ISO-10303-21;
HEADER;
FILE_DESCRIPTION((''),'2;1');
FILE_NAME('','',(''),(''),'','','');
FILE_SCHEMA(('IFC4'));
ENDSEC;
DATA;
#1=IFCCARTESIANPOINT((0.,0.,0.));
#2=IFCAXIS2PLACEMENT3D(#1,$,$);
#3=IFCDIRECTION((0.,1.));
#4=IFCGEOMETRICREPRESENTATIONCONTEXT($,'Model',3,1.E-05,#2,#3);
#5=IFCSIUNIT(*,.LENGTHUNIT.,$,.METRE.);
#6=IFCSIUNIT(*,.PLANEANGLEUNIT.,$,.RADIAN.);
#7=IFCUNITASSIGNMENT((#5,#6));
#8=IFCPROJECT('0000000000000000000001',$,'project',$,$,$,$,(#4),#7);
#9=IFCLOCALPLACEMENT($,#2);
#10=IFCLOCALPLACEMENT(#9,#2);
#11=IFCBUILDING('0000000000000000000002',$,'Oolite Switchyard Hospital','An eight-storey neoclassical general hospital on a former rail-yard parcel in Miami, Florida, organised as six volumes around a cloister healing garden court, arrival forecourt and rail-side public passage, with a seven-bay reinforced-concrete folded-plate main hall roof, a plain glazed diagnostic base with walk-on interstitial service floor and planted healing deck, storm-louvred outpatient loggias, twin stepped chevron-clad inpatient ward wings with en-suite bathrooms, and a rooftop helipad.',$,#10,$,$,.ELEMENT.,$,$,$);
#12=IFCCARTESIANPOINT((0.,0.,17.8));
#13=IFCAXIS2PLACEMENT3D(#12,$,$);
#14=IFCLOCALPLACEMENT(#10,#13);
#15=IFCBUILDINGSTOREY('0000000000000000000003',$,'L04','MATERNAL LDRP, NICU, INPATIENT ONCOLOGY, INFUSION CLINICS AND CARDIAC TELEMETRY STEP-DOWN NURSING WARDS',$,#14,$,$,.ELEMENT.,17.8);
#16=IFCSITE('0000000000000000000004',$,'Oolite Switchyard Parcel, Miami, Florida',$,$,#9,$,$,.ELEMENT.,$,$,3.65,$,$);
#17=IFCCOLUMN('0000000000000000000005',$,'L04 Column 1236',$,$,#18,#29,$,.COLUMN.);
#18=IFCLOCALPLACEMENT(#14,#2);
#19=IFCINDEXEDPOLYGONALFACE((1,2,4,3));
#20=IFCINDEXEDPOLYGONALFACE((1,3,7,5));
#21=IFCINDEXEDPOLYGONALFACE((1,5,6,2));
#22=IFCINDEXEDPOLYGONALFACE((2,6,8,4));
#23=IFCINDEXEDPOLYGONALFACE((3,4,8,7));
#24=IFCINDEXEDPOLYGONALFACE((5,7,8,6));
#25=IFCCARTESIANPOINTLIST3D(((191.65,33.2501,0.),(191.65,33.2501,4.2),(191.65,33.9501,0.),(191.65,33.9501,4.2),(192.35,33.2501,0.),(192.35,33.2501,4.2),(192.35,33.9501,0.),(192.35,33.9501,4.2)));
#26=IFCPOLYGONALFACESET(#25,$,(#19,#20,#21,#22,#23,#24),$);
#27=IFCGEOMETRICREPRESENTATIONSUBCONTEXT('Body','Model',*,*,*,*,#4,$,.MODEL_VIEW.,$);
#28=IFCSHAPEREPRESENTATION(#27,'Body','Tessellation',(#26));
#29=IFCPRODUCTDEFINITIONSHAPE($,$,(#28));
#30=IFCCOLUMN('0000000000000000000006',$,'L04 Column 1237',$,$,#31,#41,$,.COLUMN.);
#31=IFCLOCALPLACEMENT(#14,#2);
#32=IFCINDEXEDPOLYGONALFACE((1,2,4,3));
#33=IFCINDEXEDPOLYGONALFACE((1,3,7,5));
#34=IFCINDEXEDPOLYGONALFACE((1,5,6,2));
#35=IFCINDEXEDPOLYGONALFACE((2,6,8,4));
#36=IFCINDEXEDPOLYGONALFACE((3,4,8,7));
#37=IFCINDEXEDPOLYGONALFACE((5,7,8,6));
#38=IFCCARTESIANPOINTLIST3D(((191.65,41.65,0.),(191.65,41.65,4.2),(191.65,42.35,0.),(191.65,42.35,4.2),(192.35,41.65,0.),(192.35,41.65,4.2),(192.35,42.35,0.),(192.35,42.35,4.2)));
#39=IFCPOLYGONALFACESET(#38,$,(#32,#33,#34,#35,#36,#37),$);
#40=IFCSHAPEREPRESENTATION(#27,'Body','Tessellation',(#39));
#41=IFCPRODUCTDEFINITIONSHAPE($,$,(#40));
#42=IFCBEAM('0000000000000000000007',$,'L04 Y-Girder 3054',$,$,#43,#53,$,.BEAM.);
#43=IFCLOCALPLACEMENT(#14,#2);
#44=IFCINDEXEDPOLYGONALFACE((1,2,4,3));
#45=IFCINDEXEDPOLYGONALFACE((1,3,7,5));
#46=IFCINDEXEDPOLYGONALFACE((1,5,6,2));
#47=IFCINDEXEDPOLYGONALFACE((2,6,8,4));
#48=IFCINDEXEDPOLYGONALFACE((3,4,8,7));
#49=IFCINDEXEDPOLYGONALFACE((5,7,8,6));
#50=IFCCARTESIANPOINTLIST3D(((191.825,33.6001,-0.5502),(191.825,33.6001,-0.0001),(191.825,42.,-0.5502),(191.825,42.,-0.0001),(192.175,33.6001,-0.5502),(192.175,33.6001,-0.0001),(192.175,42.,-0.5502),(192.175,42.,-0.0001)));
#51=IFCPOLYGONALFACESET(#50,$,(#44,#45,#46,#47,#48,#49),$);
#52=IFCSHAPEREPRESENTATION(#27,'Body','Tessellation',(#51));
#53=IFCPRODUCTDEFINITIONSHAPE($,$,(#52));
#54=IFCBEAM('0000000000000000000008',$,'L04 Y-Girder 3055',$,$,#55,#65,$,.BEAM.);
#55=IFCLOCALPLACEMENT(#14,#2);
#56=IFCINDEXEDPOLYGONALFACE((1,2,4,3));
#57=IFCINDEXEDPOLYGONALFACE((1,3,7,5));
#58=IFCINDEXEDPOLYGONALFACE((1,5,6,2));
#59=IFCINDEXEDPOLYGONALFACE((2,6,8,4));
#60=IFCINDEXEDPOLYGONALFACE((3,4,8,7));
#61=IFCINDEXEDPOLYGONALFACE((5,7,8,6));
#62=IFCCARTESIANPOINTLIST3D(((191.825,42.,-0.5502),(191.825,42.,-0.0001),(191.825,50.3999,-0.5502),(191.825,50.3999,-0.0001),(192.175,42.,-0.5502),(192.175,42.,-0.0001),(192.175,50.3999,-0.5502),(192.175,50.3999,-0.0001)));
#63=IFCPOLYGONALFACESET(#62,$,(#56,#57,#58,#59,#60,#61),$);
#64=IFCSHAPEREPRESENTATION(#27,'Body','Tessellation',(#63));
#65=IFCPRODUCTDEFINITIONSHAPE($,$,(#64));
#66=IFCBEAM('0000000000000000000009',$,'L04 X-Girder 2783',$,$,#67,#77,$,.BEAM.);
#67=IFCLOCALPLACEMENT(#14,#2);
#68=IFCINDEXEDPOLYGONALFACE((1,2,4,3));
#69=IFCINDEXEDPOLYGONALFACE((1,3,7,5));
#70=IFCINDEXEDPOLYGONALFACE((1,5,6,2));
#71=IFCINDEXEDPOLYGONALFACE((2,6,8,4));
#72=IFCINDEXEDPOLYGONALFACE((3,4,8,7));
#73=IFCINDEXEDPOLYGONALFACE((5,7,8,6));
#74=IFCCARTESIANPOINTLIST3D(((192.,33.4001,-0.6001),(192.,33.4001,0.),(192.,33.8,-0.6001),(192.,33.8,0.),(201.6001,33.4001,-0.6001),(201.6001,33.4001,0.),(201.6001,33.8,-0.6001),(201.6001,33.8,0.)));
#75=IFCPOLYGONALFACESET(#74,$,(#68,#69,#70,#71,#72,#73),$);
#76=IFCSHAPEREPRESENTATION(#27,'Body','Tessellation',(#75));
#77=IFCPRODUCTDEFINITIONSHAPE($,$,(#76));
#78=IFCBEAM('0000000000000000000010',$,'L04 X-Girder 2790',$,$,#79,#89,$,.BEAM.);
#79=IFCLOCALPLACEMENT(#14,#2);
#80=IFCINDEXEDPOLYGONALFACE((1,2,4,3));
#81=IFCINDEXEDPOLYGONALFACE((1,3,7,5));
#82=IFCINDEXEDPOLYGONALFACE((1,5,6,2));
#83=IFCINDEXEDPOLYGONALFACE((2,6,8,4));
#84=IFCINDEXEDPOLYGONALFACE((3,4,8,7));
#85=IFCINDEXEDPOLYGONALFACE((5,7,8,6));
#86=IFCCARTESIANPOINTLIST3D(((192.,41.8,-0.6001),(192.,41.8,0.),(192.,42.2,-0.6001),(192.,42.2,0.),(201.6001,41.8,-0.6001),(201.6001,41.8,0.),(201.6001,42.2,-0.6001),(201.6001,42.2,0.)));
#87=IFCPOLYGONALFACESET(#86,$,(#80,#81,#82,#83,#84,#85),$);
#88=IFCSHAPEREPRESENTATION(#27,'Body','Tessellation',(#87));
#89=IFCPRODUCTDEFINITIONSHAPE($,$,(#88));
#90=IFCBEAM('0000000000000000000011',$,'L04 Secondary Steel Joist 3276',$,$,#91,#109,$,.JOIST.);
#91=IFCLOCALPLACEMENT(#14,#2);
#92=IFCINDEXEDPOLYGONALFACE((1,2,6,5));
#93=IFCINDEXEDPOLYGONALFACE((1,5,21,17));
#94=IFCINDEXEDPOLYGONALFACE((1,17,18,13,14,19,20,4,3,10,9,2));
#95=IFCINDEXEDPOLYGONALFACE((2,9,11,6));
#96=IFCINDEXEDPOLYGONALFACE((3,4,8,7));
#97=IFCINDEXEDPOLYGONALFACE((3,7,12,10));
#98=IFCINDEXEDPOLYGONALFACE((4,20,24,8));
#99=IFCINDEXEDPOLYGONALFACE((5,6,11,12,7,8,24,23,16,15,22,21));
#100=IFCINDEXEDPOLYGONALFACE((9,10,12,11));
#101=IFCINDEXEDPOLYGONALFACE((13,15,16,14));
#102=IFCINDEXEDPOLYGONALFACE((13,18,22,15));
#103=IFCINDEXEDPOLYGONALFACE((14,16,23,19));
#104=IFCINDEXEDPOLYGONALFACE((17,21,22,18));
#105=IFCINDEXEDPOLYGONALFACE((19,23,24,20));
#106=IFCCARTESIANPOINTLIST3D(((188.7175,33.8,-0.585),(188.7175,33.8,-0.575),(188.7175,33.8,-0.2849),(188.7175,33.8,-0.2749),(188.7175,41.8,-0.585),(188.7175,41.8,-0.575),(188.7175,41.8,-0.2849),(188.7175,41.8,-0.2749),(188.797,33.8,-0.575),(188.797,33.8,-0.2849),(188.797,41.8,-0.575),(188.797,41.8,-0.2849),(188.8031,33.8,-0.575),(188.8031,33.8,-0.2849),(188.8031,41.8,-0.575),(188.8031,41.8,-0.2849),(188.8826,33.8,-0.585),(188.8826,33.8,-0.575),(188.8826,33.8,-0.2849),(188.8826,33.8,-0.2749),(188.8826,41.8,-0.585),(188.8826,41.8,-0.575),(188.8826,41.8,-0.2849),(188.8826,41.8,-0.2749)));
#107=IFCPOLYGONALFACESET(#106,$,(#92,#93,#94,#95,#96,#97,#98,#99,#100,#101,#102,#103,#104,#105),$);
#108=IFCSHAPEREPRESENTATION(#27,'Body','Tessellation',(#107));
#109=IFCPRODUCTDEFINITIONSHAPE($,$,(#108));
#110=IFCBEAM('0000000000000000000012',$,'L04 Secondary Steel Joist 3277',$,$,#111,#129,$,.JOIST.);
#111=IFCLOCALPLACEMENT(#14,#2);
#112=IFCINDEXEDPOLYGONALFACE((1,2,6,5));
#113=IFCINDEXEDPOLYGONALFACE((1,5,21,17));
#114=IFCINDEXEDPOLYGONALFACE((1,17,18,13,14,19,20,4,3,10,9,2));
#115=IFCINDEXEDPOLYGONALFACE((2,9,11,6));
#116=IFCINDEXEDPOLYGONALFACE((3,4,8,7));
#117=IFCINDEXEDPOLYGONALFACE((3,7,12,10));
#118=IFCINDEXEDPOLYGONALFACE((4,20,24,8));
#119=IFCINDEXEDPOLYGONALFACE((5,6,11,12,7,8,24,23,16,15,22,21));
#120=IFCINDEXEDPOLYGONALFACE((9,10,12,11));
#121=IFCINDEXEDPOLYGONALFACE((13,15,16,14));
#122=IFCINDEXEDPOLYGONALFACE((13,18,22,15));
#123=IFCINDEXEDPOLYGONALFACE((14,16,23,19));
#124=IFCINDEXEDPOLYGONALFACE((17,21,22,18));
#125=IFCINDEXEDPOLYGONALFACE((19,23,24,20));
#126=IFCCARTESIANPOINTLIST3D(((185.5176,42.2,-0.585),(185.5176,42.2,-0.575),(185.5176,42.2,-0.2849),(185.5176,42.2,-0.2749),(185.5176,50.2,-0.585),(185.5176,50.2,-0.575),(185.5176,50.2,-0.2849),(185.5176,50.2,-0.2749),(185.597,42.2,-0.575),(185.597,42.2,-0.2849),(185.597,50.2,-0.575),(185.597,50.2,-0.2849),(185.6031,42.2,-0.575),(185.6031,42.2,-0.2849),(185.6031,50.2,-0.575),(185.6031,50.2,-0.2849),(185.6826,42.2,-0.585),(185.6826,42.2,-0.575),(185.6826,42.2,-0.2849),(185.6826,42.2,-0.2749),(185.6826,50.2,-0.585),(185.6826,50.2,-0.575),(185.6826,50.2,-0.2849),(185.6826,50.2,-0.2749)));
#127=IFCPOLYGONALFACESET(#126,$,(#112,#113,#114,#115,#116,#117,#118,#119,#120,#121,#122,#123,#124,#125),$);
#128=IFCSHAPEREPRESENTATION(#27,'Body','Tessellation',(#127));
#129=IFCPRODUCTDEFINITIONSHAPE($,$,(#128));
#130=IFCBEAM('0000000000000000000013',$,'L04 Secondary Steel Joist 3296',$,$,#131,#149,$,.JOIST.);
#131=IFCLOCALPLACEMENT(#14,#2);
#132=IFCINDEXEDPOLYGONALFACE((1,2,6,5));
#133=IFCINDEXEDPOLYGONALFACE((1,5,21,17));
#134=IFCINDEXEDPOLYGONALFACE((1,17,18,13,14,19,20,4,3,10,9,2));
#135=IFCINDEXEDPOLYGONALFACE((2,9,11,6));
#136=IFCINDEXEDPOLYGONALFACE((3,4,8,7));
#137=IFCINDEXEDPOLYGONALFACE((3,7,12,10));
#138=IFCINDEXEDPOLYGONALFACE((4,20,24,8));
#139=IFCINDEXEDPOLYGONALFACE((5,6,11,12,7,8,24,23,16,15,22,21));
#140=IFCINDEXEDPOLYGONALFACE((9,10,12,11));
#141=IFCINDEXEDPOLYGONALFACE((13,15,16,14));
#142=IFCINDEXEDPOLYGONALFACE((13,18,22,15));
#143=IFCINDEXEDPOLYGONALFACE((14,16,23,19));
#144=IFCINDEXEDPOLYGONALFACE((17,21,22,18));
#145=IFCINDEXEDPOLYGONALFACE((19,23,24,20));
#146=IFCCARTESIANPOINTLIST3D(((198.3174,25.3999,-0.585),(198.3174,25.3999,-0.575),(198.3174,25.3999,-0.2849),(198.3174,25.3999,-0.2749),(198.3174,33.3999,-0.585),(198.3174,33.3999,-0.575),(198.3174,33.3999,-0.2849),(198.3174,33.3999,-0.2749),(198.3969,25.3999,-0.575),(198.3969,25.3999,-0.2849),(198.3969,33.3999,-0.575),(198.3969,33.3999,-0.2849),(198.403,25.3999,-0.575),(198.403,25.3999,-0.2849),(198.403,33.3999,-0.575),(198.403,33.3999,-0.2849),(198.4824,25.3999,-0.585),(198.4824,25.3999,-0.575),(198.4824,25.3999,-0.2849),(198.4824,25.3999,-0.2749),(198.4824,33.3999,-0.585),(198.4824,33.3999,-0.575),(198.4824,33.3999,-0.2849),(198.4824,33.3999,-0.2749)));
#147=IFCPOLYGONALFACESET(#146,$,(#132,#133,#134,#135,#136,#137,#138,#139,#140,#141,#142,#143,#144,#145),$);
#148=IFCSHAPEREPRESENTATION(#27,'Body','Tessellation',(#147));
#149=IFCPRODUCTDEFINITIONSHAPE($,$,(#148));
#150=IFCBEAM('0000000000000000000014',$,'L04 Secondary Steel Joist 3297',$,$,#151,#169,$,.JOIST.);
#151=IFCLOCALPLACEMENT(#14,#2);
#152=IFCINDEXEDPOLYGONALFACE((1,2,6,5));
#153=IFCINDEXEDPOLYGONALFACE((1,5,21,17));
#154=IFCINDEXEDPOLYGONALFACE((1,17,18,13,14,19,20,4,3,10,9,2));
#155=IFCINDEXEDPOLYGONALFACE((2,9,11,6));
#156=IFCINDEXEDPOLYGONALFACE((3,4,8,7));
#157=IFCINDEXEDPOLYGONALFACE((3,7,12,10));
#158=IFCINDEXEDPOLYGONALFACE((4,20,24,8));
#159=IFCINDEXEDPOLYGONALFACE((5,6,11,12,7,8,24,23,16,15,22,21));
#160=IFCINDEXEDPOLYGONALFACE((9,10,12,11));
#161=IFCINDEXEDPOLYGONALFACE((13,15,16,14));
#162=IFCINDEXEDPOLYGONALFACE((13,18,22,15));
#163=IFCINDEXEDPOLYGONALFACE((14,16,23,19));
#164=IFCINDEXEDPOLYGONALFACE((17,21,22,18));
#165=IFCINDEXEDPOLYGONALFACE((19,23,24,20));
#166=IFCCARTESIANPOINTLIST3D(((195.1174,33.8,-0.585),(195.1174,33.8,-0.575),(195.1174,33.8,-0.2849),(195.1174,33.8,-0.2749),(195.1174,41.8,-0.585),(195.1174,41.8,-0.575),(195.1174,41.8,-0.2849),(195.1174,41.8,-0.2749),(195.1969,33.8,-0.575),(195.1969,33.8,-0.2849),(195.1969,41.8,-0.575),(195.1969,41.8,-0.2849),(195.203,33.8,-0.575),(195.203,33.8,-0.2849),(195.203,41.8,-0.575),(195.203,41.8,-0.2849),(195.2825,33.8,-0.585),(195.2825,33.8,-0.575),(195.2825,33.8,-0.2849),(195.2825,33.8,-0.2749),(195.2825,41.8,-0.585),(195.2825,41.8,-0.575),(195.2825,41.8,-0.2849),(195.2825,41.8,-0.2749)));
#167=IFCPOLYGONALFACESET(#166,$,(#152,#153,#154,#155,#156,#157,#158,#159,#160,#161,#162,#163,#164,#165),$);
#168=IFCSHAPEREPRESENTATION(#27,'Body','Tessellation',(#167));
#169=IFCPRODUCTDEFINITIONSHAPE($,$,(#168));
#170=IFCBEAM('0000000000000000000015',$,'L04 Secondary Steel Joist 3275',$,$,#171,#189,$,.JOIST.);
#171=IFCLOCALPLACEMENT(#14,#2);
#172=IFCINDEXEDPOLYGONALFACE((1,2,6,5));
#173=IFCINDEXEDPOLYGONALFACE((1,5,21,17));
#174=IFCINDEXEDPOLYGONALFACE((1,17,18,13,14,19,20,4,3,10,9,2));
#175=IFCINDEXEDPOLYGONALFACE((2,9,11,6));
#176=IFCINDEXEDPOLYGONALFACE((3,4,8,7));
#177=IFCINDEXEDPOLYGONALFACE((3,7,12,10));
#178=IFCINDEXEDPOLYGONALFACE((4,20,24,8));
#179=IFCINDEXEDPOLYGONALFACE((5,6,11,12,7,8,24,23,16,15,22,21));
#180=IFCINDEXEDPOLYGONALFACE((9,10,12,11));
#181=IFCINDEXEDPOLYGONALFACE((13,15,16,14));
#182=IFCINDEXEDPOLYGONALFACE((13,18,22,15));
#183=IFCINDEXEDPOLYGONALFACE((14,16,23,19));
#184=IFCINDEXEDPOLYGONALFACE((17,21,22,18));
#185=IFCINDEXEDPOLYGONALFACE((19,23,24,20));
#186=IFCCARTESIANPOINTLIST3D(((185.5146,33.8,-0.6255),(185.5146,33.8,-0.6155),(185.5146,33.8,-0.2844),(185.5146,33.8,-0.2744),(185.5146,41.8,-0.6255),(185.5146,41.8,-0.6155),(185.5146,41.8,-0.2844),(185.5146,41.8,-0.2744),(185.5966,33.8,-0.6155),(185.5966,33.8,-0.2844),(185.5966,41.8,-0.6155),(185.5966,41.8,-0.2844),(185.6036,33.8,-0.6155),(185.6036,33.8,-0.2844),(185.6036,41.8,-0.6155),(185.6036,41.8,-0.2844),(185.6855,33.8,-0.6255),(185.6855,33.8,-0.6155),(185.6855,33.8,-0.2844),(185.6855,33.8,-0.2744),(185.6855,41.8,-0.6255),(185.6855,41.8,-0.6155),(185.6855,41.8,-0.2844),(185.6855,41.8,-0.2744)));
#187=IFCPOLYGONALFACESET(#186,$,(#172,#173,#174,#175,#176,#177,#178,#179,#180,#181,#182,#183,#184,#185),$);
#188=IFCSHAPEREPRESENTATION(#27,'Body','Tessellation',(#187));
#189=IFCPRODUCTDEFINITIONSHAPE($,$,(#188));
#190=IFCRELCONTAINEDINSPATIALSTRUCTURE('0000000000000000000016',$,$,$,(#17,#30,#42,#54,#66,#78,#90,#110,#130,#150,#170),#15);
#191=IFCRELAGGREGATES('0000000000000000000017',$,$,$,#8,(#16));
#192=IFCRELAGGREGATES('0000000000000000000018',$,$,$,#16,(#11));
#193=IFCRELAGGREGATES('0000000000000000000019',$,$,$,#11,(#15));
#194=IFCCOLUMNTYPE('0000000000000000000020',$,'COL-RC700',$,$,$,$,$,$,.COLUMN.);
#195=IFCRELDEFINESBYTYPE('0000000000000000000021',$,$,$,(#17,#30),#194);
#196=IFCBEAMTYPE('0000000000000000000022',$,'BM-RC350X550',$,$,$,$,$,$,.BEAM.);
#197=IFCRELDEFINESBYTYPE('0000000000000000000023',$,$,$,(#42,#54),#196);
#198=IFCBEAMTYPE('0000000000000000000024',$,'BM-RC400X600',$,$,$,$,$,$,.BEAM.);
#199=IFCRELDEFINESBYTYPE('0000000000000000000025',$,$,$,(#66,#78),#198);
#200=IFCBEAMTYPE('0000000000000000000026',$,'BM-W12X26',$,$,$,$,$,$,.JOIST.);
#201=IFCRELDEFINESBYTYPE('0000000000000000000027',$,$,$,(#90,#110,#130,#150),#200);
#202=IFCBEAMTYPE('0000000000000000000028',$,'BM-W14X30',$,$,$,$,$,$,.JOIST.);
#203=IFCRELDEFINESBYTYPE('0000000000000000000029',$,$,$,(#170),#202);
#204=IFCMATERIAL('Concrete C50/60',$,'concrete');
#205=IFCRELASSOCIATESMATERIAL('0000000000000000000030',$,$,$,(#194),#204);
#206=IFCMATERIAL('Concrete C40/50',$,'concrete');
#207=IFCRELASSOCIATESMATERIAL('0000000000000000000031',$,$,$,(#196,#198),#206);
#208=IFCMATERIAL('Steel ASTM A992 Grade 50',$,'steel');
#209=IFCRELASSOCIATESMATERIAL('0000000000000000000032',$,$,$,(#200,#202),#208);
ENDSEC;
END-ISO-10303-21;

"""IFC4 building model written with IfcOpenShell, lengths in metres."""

from ifc_helpers import new_model, si_unit, direction, frame, origin, origin_2d, place, context, subcontext, project, spatial, rectangle, i_section, extrude, material, material_profile, profile_set, type_object, element, save


model = new_model("IFC4")

# Units and contexts
model_context = context("Model", 3, precision=1e-05, world=origin(), true_north=direction((0.0, 1.0)))
body_context = subcontext(model_context, "Body", "Model", "MODEL_VIEW")
ifc_project = project(units=[si_unit("LENGTHUNIT", "METRE"), si_unit("PLANEANGLEUNIT", "RADIAN")], contexts=[model_context])

# Site, building, storey
site_placement = place(None, origin())
site = spatial("IfcSite", under=ifc_project, at=site_placement, Name="Oolite Switchyard Parcel, Miami, Florida", CompositionType="ELEMENT", RefElevation=3.65)
building_placement = place(site_placement, origin())
building = spatial("IfcBuilding", under=site, at=building_placement, Name="Oolite Switchyard Hospital", Description="An eight-storey neoclassical general hospital on a former rail-yard parcel in Miami, Florida, organised as six volumes around a cloister healing garden court, arrival forecourt and rail-side public passage, with a seven-bay reinforced-concrete folded-plate main hall roof, a plain glazed diagnostic base with walk-on interstitial service floor and planted healing deck, storm-louvred outpatient loggias, twin stepped chevron-clad inpatient ward wings with en-suite bathrooms, and a rooftop helipad.", CompositionType="ELEMENT")
storey_placement = place(building_placement, frame((0.0, 0.0, 17.8)))
storey = spatial("IfcBuildingStorey", under=building, at=storey_placement, Name="L04", Description="MATERNAL LDRP, NICU, INPATIENT ONCOLOGY, INFUSION CLINICS AND CARDIAC TELEMETRY STEP-DOWN NURSING WARDS", CompositionType="ELEMENT", Elevation=17.8)

# Columns
ifc_material_1 = material(Name="Concrete C50/60", Category="concrete")
ifc_material_profile_1 = material_profile(ifc_material_1, rectangle(XDim=0.7, YDim=0.7, at=origin_2d()), Name="RC700X700")
ifc_profile_set_1 = profile_set([ifc_material_profile_1], Name="Concrete C50/60")
column_type = type_object("IfcColumnType", Name="COL-RC700", PredefinedType="COLUMN", material=ifc_profile_set_1)
for number, where, z_axis, x_axis, name in (
    (1, (192.0, 33.6001, 0.0), (0.0, 0.0, 1.0), (1.0, 0.0, 0.0), "L04 Column 1236"),
    (2, (192.0, 42.0, 0.0), (0.0, 0.0, 1.0), (1.0, 0.0, 0.0), "L04 Column 1237"),
):
    element("IfcColumn", number, at=place(storey_placement, frame(where, z_axis=z_axis, x_axis=x_axis)), inside=storey, type_object=column_type, Name=name, PredefinedType="COLUMN", context=body_context, shape_type="SweptSolid", body=[
        extrude(rectangle(XDim=0.7, YDim=0.7, at=origin_2d()), origin(), (0.0, 0.0, 1.0), 4.2),
    ])

# Beams
ifc_material_2 = material(Name="Concrete C40/50", Category="concrete")
ifc_material_profile_2 = material_profile(ifc_material_2, rectangle(XDim=0.3501, YDim=0.55, at=origin_2d()), Name="RCB350X550")
ifc_profile_set_2 = profile_set([ifc_material_profile_2], Name="Concrete C40/50")
beam_type_1 = type_object("IfcBeamType", Name="BM-RC350X550", PredefinedType="BEAM", material=ifc_profile_set_2)
for number, where, z_axis, x_axis, name in (
    (3, (192.0, 33.6001, -0.2751), (0.0, 1.0, 0.0), (-1.0, 0.0, 0.0), "L04 Y-Girder 3054"),
    (4, (192.0, 42.0, -0.2751), (0.0, 1.0, 0.0), (-1.0, 0.0, 0.0), "L04 Y-Girder 3055"),
):
    element("IfcBeam", number, at=place(storey_placement, frame(where, z_axis=z_axis, x_axis=x_axis)), inside=storey, type_object=beam_type_1, Name=name, PredefinedType="BEAM", context=body_context, shape_type="SweptSolid", body=[
        extrude(rectangle(XDim=0.3501, YDim=0.55, at=origin_2d()), origin(), (0.0, 0.0, 1.0), 8.3999),
    ])
ifc_material_profile_3 = material_profile(ifc_material_2, rectangle(XDim=0.3999, YDim=0.6001, at=origin_2d()), Name="RCB400X600")
ifc_profile_set_3 = profile_set([ifc_material_profile_3], Name="Concrete C40/50")
beam_type_2 = type_object("IfcBeamType", Name="BM-RC400X600", PredefinedType="BEAM", material=ifc_profile_set_3)
for number, where, z_axis, x_axis, name in (
    (5, (192.0, 33.6001, -0.3), (1.0, 0.0, 0.0), (0.0, 1.0, 0.0), "L04 X-Girder 2783"),
    (6, (192.0, 42.0, -0.3), (1.0, 0.0, 0.0), (0.0, 1.0, 0.0), "L04 X-Girder 2790"),
):
    element("IfcBeam", number, at=place(storey_placement, frame(where, z_axis=z_axis, x_axis=x_axis)), inside=storey, type_object=beam_type_2, Name=name, PredefinedType="BEAM", context=body_context, shape_type="SweptSolid", body=[
        extrude(rectangle(XDim=0.3999, YDim=0.6001, at=origin_2d()), origin(), (0.0, 0.0, 1.0), 9.6001),
    ])
ifc_material_3 = material(Name="Steel ASTM A992 Grade 50", Category="steel")
ifc_material_profile_4 = material_profile(ifc_material_3, i_section(OverallWidth=0.165, OverallDepth=0.3101, WebThickness=0.0061, FlangeThickness=0.01, at=origin_2d()), Name="W12X26")
ifc_profile_set_4 = profile_set([ifc_material_profile_4], Name="Steel ASTM A992 Grade 50")
beam_type_3 = type_object("IfcBeamType", Name="BM-W12X26", PredefinedType="JOIST", material=ifc_profile_set_4)
for number, where, z_axis, x_axis, name in (
    (7, (188.8, 33.8, -0.4299), (0.0, 1.0, 0.0), (-1.0, 0.0, 0.0), "L04 Secondary Steel Joist 3276"),
    (8, (185.6001, 42.2, -0.4299), (0.0, 1.0, 0.0), (-1.0, 0.0, 0.0), "L04 Secondary Steel Joist 3277"),
    (9, (198.3999, 25.3999, -0.4299), (0.0, 1.0, 0.0), (-1.0, 0.0, 0.0), "L04 Secondary Steel Joist 3296"),
    (10, (195.2, 33.8, -0.4299), (0.0, 1.0, 0.0), (-1.0, 0.0, 0.0), "L04 Secondary Steel Joist 3297"),
):
    element("IfcBeam", number, at=place(storey_placement, frame(where, z_axis=z_axis, x_axis=x_axis)), inside=storey, type_object=beam_type_3, Name=name, PredefinedType="JOIST", context=body_context, shape_type="SweptSolid", body=[
        extrude(i_section(OverallWidth=0.165, OverallDepth=0.3101, WebThickness=0.0061, FlangeThickness=0.01, at=origin_2d()), origin(), (0.0, 0.0, 1.0), 8.0),
    ])
ifc_material_profile_5 = material_profile(ifc_material_3, i_section(OverallWidth=0.1709, OverallDepth=0.3511, WebThickness=0.0071, FlangeThickness=0.01, at=origin_2d()), Name="W14X30")
ifc_profile_set_5 = profile_set([ifc_material_profile_5], Name="Steel ASTM A992 Grade 50")
beam_type_4 = type_object("IfcBeamType", Name="BM-W14X30", PredefinedType="JOIST", material=ifc_profile_set_5)
beam_1_placement = place(storey_placement, frame((185.6001, 33.8, -0.45), z_axis=(0.0, 1.0, 0.0), x_axis=(-1.0, 0.0, 0.0)))
element("IfcBeam", 11, at=beam_1_placement, inside=storey, type_object=beam_type_4, Name="L04 Secondary Steel Joist 3275", PredefinedType="JOIST", context=body_context, shape_type="SweptSolid", body=[
    extrude(i_section(OverallWidth=0.1709, OverallDepth=0.3511, WebThickness=0.0071, FlangeThickness=0.01, at=origin_2d()), origin(), (0.0, 0.0, 1.0), 8.0),
])

save(model, "model.ifc")
